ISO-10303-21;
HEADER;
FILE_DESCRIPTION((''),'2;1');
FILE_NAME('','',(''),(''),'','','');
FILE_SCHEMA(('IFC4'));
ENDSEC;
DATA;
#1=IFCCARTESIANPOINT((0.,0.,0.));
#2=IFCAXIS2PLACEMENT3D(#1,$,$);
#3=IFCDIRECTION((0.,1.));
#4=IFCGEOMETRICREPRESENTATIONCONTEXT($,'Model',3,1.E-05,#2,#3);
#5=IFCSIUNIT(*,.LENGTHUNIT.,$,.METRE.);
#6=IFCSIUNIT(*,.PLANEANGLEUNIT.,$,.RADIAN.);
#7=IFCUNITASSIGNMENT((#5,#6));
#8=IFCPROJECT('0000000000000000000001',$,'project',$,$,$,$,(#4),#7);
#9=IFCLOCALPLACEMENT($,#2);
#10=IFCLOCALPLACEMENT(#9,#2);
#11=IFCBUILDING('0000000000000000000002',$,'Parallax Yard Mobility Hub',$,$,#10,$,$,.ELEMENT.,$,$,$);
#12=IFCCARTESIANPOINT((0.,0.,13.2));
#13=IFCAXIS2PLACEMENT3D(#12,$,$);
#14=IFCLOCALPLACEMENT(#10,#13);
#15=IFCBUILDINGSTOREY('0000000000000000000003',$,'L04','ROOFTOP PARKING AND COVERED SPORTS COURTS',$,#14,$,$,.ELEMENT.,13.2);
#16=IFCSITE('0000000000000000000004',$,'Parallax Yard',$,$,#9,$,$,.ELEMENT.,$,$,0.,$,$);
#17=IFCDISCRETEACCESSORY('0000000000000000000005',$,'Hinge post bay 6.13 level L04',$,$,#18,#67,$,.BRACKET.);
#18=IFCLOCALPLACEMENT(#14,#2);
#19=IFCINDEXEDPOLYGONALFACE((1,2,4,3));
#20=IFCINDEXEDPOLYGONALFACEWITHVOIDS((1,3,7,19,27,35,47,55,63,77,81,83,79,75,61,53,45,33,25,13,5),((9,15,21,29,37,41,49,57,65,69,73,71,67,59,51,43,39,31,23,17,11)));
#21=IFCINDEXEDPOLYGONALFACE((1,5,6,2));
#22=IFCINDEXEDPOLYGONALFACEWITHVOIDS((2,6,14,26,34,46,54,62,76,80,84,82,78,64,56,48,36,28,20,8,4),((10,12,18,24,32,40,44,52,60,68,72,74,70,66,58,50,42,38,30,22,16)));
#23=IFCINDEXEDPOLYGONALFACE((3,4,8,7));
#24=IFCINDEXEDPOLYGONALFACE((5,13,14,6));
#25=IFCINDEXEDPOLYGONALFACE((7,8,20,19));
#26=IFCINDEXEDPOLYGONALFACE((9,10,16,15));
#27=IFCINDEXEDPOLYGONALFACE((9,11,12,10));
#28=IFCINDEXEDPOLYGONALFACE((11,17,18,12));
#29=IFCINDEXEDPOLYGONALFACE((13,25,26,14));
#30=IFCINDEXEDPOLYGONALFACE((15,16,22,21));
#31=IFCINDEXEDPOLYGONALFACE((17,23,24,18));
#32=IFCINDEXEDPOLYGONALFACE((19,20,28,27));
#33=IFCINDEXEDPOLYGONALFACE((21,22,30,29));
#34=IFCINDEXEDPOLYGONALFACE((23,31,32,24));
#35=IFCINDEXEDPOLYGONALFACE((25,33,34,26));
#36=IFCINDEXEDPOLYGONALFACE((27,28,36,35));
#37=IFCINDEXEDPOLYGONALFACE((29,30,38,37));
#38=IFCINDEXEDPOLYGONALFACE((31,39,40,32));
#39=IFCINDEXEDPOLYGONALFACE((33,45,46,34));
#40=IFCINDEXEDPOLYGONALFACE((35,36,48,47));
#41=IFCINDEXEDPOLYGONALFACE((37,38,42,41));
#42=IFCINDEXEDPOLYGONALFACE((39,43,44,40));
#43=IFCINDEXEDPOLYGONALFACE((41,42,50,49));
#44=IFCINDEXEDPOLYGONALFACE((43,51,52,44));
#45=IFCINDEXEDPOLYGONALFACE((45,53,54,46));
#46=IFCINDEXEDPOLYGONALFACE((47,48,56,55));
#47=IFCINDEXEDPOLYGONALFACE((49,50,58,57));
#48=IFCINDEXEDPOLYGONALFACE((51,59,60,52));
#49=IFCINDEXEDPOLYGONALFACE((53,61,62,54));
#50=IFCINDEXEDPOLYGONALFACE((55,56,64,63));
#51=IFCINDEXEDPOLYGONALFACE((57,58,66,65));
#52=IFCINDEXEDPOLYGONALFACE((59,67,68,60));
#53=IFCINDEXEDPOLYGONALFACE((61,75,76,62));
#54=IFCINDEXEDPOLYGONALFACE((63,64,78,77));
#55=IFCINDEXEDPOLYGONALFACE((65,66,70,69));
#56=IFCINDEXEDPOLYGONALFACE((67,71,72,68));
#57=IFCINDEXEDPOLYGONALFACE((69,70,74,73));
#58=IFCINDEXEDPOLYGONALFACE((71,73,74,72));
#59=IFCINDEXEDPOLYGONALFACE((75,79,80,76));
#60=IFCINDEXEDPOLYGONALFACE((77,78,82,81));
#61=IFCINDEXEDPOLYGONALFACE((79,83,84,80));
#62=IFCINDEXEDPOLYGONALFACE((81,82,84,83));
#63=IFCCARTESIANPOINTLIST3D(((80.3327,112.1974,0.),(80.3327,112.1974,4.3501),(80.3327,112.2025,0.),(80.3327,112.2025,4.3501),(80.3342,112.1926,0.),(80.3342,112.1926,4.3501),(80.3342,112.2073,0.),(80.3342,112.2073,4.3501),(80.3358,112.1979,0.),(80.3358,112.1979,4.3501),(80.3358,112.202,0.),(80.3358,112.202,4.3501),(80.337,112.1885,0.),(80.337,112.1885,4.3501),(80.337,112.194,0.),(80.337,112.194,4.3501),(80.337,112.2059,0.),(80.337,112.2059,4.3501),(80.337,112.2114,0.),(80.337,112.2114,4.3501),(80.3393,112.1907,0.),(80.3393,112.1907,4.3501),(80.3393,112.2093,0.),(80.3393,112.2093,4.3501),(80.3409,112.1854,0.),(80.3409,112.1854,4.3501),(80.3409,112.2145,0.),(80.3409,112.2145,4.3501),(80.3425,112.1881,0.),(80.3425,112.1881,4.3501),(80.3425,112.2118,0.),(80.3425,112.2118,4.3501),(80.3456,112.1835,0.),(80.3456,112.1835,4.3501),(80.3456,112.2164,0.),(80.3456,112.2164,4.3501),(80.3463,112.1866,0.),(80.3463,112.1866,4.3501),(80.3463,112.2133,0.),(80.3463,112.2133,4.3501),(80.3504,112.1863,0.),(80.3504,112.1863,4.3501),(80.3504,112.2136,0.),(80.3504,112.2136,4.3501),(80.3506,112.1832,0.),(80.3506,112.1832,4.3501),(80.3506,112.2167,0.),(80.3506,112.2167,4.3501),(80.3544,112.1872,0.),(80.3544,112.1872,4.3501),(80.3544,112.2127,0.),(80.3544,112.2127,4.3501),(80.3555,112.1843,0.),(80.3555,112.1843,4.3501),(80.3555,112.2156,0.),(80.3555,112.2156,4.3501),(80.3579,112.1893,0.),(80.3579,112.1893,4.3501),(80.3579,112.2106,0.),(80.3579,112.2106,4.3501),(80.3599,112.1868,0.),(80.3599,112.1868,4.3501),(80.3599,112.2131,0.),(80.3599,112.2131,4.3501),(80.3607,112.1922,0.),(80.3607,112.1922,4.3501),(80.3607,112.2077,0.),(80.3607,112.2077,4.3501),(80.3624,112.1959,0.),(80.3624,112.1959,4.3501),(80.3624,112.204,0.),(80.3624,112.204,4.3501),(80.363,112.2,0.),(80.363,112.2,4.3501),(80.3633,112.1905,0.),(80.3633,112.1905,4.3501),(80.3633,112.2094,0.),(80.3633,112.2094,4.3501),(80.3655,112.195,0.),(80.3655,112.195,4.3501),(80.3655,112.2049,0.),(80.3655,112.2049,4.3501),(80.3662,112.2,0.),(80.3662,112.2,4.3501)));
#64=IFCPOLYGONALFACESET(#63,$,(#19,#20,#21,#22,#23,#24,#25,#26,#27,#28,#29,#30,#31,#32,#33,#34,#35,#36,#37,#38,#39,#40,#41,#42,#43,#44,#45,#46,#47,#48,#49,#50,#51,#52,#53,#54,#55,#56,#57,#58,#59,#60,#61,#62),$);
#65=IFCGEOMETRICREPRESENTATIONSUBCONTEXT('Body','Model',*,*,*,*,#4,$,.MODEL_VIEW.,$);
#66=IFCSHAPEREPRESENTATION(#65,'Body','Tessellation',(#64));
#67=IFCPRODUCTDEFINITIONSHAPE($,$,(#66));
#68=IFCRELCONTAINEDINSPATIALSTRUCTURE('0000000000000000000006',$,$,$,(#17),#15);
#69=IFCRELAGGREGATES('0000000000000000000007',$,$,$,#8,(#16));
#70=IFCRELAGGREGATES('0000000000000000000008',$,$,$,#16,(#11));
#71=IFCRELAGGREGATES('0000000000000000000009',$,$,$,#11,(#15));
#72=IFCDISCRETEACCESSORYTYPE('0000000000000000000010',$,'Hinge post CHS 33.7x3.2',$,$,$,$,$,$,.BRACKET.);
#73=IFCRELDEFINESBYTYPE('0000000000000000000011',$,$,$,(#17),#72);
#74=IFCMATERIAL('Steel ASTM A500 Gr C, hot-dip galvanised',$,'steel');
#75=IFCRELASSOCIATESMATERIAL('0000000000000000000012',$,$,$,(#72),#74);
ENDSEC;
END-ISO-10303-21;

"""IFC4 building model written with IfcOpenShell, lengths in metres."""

from ifc_helpers import new_model, si_unit, direction, frame, origin, origin_2d, place, context, subcontext, project, spatial, hollow_circle, extrude, material, material_profile, profile_set, type_object, element, save


model = new_model("IFC4")

# Units and contexts
model_context = context("Model", 3, precision=1e-05, world=origin(), true_north=direction((0.0, 1.0)))
body_context = subcontext(model_context, "Body", "Model", "MODEL_VIEW")
ifc_project = project(units=[si_unit("LENGTHUNIT", "METRE"), si_unit("PLANEANGLEUNIT", "RADIAN")], contexts=[model_context])

# Site, building, storey
site_placement = place(None, origin())
site = spatial("IfcSite", under=ifc_project, at=site_placement, Name="Parallax Yard", CompositionType="ELEMENT", RefElevation=0.0)
building_placement = place(site_placement, origin())
building = spatial("IfcBuilding", under=site, at=building_placement, Name="Parallax Yard Mobility Hub", CompositionType="ELEMENT")
storey_placement = place(building_placement, frame((0.0, 0.0, 13.2)))
storey = spatial("IfcBuildingStorey", under=building, at=storey_placement, Name="L04", Description="ROOFTOP PARKING AND COVERED SPORTS COURTS", CompositionType="ELEMENT", Elevation=13.2)

# Discrete accessory
ifc_material_1 = material(Name="Steel ASTM A500 Gr C, hot-dip galvanised", Category="steel")
ifc_material_profile = material_profile(ifc_material_1, hollow_circle(Radius=0.0168, WallThickness=0.0032, at=origin_2d()), Name="CHS 33.7x3.2")
ifc_profile_set = profile_set([ifc_material_profile], Name="Steel ASTM A500 Gr C, hot-dip galvanised")
discrete_accessory_type_1 = type_object("IfcDiscreteAccessoryType", Name="Hinge post CHS 33.7x3.2", PredefinedType="BRACKET", material=ifc_profile_set)
for number, where, z_axis, x_axis, name in (
    (1, (80.3494, 112.2, 0.0), (0.0, 0.0, 1.0), (1.0, 0.0, 0.0), "Hinge post bay 6.13 level L04"),
):
    element("IfcDiscreteAccessory", number, at=place(storey_placement, frame(where, z_axis=z_axis, x_axis=x_axis)), inside=storey, type_object=discrete_accessory_type_1, Name=name, PredefinedType="BRACKET", context=body_context, shape_type="SweptSolid", body=[
        extrude(hollow_circle(Radius=0.0168, WallThickness=0.0032, at=origin_2d()), origin(), (0.0, 0.0, 1.0), 4.3501),
    ])

save(model, "model.ifc")
